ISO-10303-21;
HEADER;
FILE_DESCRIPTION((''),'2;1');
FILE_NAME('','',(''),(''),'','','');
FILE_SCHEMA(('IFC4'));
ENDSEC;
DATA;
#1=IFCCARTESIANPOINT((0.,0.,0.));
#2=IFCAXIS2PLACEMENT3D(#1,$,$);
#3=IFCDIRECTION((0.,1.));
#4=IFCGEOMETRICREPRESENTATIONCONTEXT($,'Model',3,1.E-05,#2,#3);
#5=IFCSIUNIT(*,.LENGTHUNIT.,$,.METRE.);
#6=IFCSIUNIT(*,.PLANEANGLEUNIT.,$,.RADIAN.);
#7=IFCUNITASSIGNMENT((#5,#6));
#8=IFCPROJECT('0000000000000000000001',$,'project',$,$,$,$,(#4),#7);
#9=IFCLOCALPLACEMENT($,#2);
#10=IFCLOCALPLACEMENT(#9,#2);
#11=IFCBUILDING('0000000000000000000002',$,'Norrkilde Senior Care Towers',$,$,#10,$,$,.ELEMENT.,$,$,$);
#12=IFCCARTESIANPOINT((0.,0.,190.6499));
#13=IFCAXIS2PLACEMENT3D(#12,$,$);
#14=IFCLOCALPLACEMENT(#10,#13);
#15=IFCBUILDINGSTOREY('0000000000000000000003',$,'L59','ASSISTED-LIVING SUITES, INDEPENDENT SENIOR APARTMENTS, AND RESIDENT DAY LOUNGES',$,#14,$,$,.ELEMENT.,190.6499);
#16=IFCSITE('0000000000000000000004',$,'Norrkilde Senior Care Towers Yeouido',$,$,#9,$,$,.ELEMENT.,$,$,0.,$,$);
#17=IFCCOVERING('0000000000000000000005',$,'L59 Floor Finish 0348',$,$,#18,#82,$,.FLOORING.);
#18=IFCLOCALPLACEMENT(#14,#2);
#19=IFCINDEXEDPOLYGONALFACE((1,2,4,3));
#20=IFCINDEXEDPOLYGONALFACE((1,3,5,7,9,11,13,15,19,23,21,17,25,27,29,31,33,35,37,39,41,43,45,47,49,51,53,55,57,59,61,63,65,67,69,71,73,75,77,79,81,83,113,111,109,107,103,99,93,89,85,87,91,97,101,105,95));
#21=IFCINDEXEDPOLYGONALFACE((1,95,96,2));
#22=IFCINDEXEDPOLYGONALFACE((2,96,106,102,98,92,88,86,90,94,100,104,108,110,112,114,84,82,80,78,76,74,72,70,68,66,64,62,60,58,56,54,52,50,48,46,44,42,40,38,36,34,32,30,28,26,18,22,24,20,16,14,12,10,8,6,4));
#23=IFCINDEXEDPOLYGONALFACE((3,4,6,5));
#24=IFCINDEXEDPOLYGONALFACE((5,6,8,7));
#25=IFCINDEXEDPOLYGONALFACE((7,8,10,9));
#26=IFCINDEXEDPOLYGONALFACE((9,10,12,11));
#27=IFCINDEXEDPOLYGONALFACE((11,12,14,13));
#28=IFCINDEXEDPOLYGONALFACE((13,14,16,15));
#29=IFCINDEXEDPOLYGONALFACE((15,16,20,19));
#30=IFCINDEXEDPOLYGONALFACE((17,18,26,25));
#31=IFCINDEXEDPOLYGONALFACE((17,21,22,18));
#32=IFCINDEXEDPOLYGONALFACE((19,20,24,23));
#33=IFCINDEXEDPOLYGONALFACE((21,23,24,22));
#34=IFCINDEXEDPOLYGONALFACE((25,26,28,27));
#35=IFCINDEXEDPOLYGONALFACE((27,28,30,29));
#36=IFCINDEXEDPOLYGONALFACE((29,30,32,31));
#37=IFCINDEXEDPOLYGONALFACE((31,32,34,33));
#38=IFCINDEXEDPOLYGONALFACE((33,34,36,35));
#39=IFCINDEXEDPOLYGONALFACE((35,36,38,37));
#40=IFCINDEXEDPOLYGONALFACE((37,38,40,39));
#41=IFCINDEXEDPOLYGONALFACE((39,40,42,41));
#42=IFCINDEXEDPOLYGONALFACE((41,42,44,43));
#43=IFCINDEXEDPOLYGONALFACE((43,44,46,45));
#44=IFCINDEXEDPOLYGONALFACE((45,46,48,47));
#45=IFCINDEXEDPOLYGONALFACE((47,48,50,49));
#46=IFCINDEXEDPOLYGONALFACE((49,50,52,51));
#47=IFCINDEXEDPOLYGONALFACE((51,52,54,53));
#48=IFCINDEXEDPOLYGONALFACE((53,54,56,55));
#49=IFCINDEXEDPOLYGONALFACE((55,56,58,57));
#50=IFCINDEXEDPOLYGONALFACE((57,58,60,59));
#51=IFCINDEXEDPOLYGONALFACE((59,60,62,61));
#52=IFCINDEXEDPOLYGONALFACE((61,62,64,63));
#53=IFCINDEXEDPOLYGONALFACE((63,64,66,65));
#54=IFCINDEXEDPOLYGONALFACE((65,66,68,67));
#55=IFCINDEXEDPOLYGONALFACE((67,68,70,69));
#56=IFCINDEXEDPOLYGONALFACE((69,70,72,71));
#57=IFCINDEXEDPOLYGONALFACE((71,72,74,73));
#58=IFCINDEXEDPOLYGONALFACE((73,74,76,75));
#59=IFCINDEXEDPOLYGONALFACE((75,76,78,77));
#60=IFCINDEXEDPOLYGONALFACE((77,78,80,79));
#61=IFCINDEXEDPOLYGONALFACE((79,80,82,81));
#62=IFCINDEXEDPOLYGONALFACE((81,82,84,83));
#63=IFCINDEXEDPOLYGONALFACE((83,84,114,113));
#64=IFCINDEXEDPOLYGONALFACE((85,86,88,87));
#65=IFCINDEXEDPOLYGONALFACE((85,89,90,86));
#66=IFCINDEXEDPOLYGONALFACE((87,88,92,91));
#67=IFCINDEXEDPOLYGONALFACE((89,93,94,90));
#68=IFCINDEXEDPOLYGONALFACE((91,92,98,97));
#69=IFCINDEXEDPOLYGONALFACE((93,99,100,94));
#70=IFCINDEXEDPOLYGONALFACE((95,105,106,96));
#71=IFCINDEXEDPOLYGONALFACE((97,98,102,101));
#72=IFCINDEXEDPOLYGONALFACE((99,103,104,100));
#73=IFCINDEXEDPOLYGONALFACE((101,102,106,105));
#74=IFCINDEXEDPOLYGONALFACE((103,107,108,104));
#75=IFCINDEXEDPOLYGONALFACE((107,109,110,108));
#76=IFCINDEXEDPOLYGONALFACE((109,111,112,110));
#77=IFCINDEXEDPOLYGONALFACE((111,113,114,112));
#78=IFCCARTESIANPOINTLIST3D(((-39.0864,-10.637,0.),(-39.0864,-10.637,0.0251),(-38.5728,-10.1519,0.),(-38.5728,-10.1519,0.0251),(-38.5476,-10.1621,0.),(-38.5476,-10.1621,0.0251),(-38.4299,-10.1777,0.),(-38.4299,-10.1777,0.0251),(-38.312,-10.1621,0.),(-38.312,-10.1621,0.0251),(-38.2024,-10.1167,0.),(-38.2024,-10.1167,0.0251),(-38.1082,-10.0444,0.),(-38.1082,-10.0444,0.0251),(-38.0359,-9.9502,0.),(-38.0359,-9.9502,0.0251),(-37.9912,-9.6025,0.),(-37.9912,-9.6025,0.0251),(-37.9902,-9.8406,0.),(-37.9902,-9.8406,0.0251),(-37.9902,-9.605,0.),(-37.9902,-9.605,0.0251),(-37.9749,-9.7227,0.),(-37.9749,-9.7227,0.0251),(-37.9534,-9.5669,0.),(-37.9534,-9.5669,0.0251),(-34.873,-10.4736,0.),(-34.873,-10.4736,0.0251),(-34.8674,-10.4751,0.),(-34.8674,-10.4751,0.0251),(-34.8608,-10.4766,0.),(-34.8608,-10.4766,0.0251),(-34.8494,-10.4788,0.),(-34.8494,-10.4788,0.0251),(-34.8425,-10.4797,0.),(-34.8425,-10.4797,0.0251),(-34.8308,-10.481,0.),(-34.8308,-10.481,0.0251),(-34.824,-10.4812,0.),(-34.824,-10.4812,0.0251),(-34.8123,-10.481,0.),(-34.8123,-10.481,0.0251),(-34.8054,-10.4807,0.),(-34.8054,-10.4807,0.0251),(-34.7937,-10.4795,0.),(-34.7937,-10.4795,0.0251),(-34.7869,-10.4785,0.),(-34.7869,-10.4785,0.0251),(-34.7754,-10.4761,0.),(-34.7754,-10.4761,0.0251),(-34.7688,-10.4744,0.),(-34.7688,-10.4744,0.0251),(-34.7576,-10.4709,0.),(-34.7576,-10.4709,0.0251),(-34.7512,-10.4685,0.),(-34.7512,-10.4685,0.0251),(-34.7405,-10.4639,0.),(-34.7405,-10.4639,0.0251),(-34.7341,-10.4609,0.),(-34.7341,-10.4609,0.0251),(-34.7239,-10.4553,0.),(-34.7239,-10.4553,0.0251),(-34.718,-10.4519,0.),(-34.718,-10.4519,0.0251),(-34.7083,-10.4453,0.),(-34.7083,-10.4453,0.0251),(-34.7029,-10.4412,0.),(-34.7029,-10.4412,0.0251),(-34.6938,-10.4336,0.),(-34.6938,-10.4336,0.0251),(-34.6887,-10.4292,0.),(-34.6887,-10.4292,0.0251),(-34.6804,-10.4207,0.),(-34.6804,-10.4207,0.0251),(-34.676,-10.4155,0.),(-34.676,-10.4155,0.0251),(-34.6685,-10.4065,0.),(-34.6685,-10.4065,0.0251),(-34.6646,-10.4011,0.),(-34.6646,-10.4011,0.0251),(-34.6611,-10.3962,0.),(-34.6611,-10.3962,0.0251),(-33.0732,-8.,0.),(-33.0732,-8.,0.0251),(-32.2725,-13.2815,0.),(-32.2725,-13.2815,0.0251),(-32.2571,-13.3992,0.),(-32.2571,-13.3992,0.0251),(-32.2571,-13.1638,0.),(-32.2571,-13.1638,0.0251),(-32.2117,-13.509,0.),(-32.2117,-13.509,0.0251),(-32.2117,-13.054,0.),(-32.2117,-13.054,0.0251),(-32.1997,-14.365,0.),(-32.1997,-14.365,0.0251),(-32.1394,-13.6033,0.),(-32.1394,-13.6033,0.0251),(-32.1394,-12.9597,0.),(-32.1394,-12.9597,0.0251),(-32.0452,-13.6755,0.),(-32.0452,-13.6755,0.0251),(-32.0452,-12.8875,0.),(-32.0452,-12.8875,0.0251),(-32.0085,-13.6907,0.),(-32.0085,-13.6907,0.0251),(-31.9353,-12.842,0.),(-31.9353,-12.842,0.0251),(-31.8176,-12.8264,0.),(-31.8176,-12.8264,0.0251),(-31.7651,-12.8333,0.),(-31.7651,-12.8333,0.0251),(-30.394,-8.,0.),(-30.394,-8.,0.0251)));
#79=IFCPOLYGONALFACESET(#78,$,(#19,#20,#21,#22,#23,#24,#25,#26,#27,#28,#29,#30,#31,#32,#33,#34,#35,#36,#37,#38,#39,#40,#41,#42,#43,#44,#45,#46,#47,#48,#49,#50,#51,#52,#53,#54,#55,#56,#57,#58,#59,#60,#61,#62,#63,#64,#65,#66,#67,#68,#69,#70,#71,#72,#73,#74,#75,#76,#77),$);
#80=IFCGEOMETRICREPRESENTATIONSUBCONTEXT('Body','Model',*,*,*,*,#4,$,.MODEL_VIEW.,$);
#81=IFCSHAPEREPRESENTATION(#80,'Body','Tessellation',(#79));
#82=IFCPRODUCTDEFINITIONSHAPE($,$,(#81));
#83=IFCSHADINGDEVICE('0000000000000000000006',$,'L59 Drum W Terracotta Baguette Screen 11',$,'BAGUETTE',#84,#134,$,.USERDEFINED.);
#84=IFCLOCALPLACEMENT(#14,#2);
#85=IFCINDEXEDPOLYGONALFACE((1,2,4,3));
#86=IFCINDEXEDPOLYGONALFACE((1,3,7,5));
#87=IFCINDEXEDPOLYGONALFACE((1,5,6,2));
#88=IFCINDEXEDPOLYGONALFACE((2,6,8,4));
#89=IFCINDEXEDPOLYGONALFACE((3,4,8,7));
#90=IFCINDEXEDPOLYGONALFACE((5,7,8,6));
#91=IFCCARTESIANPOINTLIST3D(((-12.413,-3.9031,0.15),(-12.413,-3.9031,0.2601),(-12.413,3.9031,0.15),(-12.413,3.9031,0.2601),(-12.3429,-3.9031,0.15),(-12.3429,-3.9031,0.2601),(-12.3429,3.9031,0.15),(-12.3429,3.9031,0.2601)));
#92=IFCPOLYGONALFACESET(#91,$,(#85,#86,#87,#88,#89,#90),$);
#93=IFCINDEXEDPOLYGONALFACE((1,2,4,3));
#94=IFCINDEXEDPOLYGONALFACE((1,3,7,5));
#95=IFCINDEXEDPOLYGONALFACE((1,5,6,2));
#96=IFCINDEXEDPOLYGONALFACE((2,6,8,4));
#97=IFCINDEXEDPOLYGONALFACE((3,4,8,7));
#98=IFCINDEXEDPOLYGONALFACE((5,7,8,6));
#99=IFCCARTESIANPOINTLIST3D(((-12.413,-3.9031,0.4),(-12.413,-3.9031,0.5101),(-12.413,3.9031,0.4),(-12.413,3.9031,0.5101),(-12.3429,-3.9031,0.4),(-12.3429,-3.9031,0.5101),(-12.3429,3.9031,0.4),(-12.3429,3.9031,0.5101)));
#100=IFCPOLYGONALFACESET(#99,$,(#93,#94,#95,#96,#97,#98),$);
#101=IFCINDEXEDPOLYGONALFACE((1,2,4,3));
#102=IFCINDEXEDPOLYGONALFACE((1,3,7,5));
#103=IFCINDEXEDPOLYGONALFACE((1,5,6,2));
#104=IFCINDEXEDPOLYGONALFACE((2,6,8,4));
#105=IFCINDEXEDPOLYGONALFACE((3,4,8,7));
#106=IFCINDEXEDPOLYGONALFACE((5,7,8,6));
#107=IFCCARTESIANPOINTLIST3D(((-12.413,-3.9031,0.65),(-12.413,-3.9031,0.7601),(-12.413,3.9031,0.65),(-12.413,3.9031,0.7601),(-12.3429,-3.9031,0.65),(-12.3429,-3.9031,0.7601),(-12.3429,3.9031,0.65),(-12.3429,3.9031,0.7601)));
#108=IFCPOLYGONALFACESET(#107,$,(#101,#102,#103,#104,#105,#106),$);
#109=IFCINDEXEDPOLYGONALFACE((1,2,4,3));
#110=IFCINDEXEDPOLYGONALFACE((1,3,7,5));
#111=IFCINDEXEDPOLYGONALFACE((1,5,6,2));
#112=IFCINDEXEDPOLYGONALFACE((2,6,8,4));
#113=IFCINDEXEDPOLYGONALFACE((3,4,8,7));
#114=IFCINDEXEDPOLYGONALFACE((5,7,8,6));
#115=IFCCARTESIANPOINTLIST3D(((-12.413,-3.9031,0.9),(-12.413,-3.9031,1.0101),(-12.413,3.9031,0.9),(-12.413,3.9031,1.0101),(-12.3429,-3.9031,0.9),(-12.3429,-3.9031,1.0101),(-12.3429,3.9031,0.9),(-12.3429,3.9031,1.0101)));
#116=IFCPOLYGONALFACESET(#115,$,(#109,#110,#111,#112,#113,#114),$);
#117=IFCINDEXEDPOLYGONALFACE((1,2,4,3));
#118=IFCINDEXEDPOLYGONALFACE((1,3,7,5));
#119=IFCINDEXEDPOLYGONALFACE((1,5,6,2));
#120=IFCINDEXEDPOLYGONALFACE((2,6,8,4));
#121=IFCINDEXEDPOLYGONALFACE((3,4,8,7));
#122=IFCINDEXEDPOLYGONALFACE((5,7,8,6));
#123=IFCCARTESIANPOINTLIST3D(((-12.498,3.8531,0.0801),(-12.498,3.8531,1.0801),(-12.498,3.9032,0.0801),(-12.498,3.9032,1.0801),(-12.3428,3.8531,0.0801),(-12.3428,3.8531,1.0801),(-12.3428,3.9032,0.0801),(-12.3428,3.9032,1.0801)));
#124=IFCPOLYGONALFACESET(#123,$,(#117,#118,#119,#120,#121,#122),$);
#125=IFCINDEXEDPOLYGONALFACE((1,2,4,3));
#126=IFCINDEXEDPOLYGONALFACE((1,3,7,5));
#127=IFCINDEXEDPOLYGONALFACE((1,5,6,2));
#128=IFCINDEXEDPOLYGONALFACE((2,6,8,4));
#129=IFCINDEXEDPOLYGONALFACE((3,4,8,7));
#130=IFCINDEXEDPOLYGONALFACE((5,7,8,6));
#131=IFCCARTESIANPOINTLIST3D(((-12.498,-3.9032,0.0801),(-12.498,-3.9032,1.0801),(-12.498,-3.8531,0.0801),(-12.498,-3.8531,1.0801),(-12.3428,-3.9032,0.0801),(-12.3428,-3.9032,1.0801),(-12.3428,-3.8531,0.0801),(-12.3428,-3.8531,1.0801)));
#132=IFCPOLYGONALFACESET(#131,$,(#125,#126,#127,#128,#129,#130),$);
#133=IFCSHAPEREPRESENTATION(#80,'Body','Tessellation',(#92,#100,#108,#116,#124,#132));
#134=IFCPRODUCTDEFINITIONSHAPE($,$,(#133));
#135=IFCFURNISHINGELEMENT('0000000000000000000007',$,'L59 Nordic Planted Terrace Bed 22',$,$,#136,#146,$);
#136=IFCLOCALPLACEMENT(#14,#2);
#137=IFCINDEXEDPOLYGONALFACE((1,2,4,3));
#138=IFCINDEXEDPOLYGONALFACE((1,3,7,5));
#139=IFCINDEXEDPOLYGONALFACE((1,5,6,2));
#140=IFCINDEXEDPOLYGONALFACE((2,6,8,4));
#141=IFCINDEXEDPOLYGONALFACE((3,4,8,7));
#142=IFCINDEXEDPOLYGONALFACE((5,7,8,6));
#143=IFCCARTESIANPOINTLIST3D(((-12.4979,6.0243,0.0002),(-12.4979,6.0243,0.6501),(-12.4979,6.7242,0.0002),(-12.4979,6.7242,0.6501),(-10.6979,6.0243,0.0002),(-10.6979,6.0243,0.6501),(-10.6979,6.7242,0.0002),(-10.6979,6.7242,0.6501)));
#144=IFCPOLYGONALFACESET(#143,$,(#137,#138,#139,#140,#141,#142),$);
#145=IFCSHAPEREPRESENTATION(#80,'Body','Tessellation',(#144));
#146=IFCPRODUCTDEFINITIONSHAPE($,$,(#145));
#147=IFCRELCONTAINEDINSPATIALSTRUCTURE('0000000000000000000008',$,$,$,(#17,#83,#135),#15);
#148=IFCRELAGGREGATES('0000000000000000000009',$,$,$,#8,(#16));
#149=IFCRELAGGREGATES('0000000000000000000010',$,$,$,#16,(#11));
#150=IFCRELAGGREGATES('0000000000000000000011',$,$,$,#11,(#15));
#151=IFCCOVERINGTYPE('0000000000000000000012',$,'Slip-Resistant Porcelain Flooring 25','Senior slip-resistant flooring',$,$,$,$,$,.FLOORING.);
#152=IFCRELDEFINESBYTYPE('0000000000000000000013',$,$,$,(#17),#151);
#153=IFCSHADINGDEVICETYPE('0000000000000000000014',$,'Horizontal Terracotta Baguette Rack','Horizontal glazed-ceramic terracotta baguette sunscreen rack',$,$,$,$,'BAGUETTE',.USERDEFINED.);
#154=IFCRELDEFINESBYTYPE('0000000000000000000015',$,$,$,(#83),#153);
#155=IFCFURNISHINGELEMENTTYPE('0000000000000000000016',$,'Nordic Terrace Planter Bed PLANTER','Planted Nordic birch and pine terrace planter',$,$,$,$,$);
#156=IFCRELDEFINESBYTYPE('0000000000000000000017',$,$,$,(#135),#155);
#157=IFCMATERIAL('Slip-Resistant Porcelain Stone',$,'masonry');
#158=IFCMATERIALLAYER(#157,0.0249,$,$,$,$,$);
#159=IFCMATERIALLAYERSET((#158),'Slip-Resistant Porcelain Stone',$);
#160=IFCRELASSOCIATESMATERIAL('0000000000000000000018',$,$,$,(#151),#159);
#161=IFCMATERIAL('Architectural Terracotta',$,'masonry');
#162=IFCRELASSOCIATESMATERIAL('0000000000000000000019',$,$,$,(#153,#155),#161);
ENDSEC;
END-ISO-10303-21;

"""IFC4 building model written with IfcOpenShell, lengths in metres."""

from ifc_helpers import new_model, si_unit, direction, frame, origin, origin_2d, place, context, subcontext, project, spatial, polyline, rectangle, outline, extrude, source, transform, mapped, material, layer, layer_set, type_object, type_shapes, element, save


model = new_model("IFC4")

# Units and contexts
model_context = context("Model", 3, precision=1e-05, world=origin(), true_north=direction((0.0, 1.0)))
body_context = subcontext(model_context, "Body", "Model", "MODEL_VIEW")
ifc_project = project(units=[si_unit("LENGTHUNIT", "METRE"), si_unit("PLANEANGLEUNIT", "RADIAN")], contexts=[model_context])

# Site, building, storey
site_placement = place(None, origin())
site = spatial("IfcSite", under=ifc_project, at=site_placement, Name="Norrkilde Senior Care Towers Yeouido", CompositionType="ELEMENT", RefElevation=0.0)
building_placement = place(site_placement, origin())
building = spatial("IfcBuilding", under=site, at=building_placement, Name="Norrkilde Senior Care Towers", CompositionType="ELEMENT")
storey_placement = place(building_placement, frame((0.0, 0.0, 190.6499)))
storey = spatial("IfcBuildingStorey", under=building, at=storey_placement, Name="L59", Description="ASSISTED-LIVING SUITES, INDEPENDENT SENIOR APARTMENTS, AND RESIDENT DAY LOUNGES", CompositionType="ELEMENT", Elevation=190.6499)

# Covering
ifc_material_1 = material(Name="Slip-Resistant Porcelain Stone", Category="masonry")
ifc_layer_1 = layer(ifc_material_1, 0.0249)
ifc_layer_set_1 = layer_set([ifc_layer_1], Name="Slip-Resistant Porcelain Stone")
covering_type_1 = type_object("IfcCoveringType", Name="Slip-Resistant Porcelain Flooring 25", Description="Senior slip-resistant flooring", PredefinedType="FLOORING", material=ifc_layer_set_1)
covering_1_placement = place(storey_placement, origin())
element("IfcCovering", 1, at=covering_1_placement, inside=storey, type_object=covering_type_1, Name="L59 Floor Finish 0348", PredefinedType="FLOORING", context=body_context, shape_type="SweptSolid", body=[
    extrude(outline(polyline([(-34.824, -10.4812), (-34.8123, -10.481), (-34.8054, -10.4807), (-34.7937, -10.4795), (-34.7869, -10.4785), (-34.7754, -10.4761), (-34.7688, -10.4744), (-34.7576, -10.4709), (-34.7512, -10.4685), (-34.7405, -10.4639), (-34.7341, -10.4609), (-34.7239, -10.4553), (-34.718, -10.4519), (-34.7083, -10.4453), (-34.7029, -10.4412), (-34.6938, -10.4336), (-34.6887, -10.4292), (-34.6804, -10.4207), (-34.676, -10.4155), (-34.6685, -10.4065), (-34.6646, -10.4011), (-34.6611, -10.3962), (-33.0732, -8.0), (-30.394, -8.0), (-31.7651, -12.8333), (-31.8176, -12.8264), (-31.9353, -12.842), (-32.0452, -12.8875), (-32.1394, -12.9597), (-32.2117, -13.054), (-32.2571, -13.1638), (-32.2725, -13.2815), (-32.2571, -13.3992), (-32.2117, -13.509), (-32.1394, -13.6033), (-32.0452, -13.6755), (-32.0085, -13.6907), (-32.1997, -14.365), (-39.0864, -10.637), (-38.5728, -10.1519), (-38.5476, -10.1621), (-38.4299, -10.1777), (-38.312, -10.1621), (-38.2024, -10.1167), (-38.1082, -10.0444), (-38.0359, -9.9502), (-37.9902, -9.8406), (-37.9749, -9.7227), (-37.9902, -9.605), (-37.9912, -9.6025), (-37.9534, -9.5669), (-34.873, -10.4736), (-34.8674, -10.4751), (-34.8608, -10.4766), (-34.8494, -10.4788), (-34.8425, -10.4797), (-34.8308, -10.481), (-34.824, -10.4812)])), origin(), (0.0, 0.0, 1.0), 0.0251),
])

# Shading device
ifc_material_2 = material(Name="Architectural Terracotta", Category="masonry")
shading_device_type = type_object("IfcShadingDeviceType", Name="Horizontal Terracotta Baguette Rack", Description="Horizontal glazed-ceramic terracotta baguette sunscreen rack", ElementType="BAGUETTE", PredefinedType="USERDEFINED", material=ifc_material_2)
shared_shape_1 = source(origin(), body_context, "Body", "SweptSolid", [
    extrude(rectangle(XDim=0.0701, YDim=0.1101, at=origin_2d()), frame((0.0, 0.0901, 0.125), z_axis=(1.0, 0.0, 0.0), x_axis=(0.0, 1.0, 0.0)), (0.0, 0.0, 1.0), 7.8062),
    extrude(rectangle(XDim=0.0701, YDim=0.1101, at=origin_2d()), frame((0.0, 0.0901, 0.375), z_axis=(1.0, 0.0, 0.0), x_axis=(0.0, 1.0, 0.0)), (0.0, 0.0, 1.0), 7.8062),
    extrude(rectangle(XDim=0.0701, YDim=0.1101, at=origin_2d()), frame((0.0, 0.0901, 0.625), z_axis=(1.0, 0.0, 0.0), x_axis=(0.0, 1.0, 0.0)), (0.0, 0.0, 1.0), 7.8062),
    extrude(rectangle(XDim=0.0701, YDim=0.1101, at=origin_2d()), frame((0.0, 0.0901, 0.875), z_axis=(1.0, 0.0, 0.0), x_axis=(0.0, 1.0, 0.0)), (0.0, 0.0, 1.0), 7.8062),
    extrude(rectangle(XDim=0.05, YDim=0.1553, at=origin_2d()), frame((0.0249, 0.0476, 0.0)), (0.0, 0.0, 1.0), 1.0),
    extrude(rectangle(XDim=0.05, YDim=0.1553, at=origin_2d()), frame((7.7812, 0.0476, 0.0)), (0.0, 0.0, 1.0), 1.0),
])
type_shapes(shading_device_type, [shared_shape_1])
shading_device_placement = place(storey_placement, frame((-12.468, 3.9031, 0.0801), z_axis=(0.0, 0.0, 1.0), x_axis=(0.0, -1.0, 0.0)))
element("IfcShadingDevice", 2, at=shading_device_placement, inside=storey, type_object=shading_device_type, Name="L59 Drum W Terracotta Baguette Screen 11", ObjectType="BAGUETTE", PredefinedType="USERDEFINED", context=body_context, shape_type="MappedRepresentation", body=[
    mapped(shared_shape_1, transform((0.0, 0.0, 0.0), x_axis=(1.0, 0.0, 0.0), y_axis=(0.0, 1.0, 0.0), z_axis=(0.0, 0.0, 1.0), scale=1.0)),
])

# Furnishing element
furnishing_element_type = type_object("IfcFurnishingElementType", Name="Nordic Terrace Planter Bed PLANTER", Description="Planted Nordic birch and pine terrace planter", material=ifc_material_2)
shared_shape_2 = source(origin(), body_context, "Body", "SweptSolid", [
    extrude(rectangle(XDim=1.8, YDim=0.7, at=origin_2d()), origin(), (0.0, 0.0, 1.0), 0.6499),
])
type_shapes(furnishing_element_type, [shared_shape_2])
furnishing_placement = place(storey_placement, frame((-11.5979, 6.3743, 0.0002), z_axis=(0.0, 0.0, 1.0), x_axis=(1.0, 0.0, 0.0)))
element("IfcFurnishingElement", 3, at=furnishing_placement, inside=storey, type_object=furnishing_element_type, Name="L59 Nordic Planted Terrace Bed 22", context=body_context, shape_type="MappedRepresentation", body=[
    mapped(shared_shape_2, transform((0.0, 0.0, 0.0), x_axis=(1.0, 0.0, 0.0), y_axis=(0.0, 1.0, 0.0), z_axis=(0.0, 0.0, 1.0), scale=1.0)),
])

save(model, "model.ifc")
